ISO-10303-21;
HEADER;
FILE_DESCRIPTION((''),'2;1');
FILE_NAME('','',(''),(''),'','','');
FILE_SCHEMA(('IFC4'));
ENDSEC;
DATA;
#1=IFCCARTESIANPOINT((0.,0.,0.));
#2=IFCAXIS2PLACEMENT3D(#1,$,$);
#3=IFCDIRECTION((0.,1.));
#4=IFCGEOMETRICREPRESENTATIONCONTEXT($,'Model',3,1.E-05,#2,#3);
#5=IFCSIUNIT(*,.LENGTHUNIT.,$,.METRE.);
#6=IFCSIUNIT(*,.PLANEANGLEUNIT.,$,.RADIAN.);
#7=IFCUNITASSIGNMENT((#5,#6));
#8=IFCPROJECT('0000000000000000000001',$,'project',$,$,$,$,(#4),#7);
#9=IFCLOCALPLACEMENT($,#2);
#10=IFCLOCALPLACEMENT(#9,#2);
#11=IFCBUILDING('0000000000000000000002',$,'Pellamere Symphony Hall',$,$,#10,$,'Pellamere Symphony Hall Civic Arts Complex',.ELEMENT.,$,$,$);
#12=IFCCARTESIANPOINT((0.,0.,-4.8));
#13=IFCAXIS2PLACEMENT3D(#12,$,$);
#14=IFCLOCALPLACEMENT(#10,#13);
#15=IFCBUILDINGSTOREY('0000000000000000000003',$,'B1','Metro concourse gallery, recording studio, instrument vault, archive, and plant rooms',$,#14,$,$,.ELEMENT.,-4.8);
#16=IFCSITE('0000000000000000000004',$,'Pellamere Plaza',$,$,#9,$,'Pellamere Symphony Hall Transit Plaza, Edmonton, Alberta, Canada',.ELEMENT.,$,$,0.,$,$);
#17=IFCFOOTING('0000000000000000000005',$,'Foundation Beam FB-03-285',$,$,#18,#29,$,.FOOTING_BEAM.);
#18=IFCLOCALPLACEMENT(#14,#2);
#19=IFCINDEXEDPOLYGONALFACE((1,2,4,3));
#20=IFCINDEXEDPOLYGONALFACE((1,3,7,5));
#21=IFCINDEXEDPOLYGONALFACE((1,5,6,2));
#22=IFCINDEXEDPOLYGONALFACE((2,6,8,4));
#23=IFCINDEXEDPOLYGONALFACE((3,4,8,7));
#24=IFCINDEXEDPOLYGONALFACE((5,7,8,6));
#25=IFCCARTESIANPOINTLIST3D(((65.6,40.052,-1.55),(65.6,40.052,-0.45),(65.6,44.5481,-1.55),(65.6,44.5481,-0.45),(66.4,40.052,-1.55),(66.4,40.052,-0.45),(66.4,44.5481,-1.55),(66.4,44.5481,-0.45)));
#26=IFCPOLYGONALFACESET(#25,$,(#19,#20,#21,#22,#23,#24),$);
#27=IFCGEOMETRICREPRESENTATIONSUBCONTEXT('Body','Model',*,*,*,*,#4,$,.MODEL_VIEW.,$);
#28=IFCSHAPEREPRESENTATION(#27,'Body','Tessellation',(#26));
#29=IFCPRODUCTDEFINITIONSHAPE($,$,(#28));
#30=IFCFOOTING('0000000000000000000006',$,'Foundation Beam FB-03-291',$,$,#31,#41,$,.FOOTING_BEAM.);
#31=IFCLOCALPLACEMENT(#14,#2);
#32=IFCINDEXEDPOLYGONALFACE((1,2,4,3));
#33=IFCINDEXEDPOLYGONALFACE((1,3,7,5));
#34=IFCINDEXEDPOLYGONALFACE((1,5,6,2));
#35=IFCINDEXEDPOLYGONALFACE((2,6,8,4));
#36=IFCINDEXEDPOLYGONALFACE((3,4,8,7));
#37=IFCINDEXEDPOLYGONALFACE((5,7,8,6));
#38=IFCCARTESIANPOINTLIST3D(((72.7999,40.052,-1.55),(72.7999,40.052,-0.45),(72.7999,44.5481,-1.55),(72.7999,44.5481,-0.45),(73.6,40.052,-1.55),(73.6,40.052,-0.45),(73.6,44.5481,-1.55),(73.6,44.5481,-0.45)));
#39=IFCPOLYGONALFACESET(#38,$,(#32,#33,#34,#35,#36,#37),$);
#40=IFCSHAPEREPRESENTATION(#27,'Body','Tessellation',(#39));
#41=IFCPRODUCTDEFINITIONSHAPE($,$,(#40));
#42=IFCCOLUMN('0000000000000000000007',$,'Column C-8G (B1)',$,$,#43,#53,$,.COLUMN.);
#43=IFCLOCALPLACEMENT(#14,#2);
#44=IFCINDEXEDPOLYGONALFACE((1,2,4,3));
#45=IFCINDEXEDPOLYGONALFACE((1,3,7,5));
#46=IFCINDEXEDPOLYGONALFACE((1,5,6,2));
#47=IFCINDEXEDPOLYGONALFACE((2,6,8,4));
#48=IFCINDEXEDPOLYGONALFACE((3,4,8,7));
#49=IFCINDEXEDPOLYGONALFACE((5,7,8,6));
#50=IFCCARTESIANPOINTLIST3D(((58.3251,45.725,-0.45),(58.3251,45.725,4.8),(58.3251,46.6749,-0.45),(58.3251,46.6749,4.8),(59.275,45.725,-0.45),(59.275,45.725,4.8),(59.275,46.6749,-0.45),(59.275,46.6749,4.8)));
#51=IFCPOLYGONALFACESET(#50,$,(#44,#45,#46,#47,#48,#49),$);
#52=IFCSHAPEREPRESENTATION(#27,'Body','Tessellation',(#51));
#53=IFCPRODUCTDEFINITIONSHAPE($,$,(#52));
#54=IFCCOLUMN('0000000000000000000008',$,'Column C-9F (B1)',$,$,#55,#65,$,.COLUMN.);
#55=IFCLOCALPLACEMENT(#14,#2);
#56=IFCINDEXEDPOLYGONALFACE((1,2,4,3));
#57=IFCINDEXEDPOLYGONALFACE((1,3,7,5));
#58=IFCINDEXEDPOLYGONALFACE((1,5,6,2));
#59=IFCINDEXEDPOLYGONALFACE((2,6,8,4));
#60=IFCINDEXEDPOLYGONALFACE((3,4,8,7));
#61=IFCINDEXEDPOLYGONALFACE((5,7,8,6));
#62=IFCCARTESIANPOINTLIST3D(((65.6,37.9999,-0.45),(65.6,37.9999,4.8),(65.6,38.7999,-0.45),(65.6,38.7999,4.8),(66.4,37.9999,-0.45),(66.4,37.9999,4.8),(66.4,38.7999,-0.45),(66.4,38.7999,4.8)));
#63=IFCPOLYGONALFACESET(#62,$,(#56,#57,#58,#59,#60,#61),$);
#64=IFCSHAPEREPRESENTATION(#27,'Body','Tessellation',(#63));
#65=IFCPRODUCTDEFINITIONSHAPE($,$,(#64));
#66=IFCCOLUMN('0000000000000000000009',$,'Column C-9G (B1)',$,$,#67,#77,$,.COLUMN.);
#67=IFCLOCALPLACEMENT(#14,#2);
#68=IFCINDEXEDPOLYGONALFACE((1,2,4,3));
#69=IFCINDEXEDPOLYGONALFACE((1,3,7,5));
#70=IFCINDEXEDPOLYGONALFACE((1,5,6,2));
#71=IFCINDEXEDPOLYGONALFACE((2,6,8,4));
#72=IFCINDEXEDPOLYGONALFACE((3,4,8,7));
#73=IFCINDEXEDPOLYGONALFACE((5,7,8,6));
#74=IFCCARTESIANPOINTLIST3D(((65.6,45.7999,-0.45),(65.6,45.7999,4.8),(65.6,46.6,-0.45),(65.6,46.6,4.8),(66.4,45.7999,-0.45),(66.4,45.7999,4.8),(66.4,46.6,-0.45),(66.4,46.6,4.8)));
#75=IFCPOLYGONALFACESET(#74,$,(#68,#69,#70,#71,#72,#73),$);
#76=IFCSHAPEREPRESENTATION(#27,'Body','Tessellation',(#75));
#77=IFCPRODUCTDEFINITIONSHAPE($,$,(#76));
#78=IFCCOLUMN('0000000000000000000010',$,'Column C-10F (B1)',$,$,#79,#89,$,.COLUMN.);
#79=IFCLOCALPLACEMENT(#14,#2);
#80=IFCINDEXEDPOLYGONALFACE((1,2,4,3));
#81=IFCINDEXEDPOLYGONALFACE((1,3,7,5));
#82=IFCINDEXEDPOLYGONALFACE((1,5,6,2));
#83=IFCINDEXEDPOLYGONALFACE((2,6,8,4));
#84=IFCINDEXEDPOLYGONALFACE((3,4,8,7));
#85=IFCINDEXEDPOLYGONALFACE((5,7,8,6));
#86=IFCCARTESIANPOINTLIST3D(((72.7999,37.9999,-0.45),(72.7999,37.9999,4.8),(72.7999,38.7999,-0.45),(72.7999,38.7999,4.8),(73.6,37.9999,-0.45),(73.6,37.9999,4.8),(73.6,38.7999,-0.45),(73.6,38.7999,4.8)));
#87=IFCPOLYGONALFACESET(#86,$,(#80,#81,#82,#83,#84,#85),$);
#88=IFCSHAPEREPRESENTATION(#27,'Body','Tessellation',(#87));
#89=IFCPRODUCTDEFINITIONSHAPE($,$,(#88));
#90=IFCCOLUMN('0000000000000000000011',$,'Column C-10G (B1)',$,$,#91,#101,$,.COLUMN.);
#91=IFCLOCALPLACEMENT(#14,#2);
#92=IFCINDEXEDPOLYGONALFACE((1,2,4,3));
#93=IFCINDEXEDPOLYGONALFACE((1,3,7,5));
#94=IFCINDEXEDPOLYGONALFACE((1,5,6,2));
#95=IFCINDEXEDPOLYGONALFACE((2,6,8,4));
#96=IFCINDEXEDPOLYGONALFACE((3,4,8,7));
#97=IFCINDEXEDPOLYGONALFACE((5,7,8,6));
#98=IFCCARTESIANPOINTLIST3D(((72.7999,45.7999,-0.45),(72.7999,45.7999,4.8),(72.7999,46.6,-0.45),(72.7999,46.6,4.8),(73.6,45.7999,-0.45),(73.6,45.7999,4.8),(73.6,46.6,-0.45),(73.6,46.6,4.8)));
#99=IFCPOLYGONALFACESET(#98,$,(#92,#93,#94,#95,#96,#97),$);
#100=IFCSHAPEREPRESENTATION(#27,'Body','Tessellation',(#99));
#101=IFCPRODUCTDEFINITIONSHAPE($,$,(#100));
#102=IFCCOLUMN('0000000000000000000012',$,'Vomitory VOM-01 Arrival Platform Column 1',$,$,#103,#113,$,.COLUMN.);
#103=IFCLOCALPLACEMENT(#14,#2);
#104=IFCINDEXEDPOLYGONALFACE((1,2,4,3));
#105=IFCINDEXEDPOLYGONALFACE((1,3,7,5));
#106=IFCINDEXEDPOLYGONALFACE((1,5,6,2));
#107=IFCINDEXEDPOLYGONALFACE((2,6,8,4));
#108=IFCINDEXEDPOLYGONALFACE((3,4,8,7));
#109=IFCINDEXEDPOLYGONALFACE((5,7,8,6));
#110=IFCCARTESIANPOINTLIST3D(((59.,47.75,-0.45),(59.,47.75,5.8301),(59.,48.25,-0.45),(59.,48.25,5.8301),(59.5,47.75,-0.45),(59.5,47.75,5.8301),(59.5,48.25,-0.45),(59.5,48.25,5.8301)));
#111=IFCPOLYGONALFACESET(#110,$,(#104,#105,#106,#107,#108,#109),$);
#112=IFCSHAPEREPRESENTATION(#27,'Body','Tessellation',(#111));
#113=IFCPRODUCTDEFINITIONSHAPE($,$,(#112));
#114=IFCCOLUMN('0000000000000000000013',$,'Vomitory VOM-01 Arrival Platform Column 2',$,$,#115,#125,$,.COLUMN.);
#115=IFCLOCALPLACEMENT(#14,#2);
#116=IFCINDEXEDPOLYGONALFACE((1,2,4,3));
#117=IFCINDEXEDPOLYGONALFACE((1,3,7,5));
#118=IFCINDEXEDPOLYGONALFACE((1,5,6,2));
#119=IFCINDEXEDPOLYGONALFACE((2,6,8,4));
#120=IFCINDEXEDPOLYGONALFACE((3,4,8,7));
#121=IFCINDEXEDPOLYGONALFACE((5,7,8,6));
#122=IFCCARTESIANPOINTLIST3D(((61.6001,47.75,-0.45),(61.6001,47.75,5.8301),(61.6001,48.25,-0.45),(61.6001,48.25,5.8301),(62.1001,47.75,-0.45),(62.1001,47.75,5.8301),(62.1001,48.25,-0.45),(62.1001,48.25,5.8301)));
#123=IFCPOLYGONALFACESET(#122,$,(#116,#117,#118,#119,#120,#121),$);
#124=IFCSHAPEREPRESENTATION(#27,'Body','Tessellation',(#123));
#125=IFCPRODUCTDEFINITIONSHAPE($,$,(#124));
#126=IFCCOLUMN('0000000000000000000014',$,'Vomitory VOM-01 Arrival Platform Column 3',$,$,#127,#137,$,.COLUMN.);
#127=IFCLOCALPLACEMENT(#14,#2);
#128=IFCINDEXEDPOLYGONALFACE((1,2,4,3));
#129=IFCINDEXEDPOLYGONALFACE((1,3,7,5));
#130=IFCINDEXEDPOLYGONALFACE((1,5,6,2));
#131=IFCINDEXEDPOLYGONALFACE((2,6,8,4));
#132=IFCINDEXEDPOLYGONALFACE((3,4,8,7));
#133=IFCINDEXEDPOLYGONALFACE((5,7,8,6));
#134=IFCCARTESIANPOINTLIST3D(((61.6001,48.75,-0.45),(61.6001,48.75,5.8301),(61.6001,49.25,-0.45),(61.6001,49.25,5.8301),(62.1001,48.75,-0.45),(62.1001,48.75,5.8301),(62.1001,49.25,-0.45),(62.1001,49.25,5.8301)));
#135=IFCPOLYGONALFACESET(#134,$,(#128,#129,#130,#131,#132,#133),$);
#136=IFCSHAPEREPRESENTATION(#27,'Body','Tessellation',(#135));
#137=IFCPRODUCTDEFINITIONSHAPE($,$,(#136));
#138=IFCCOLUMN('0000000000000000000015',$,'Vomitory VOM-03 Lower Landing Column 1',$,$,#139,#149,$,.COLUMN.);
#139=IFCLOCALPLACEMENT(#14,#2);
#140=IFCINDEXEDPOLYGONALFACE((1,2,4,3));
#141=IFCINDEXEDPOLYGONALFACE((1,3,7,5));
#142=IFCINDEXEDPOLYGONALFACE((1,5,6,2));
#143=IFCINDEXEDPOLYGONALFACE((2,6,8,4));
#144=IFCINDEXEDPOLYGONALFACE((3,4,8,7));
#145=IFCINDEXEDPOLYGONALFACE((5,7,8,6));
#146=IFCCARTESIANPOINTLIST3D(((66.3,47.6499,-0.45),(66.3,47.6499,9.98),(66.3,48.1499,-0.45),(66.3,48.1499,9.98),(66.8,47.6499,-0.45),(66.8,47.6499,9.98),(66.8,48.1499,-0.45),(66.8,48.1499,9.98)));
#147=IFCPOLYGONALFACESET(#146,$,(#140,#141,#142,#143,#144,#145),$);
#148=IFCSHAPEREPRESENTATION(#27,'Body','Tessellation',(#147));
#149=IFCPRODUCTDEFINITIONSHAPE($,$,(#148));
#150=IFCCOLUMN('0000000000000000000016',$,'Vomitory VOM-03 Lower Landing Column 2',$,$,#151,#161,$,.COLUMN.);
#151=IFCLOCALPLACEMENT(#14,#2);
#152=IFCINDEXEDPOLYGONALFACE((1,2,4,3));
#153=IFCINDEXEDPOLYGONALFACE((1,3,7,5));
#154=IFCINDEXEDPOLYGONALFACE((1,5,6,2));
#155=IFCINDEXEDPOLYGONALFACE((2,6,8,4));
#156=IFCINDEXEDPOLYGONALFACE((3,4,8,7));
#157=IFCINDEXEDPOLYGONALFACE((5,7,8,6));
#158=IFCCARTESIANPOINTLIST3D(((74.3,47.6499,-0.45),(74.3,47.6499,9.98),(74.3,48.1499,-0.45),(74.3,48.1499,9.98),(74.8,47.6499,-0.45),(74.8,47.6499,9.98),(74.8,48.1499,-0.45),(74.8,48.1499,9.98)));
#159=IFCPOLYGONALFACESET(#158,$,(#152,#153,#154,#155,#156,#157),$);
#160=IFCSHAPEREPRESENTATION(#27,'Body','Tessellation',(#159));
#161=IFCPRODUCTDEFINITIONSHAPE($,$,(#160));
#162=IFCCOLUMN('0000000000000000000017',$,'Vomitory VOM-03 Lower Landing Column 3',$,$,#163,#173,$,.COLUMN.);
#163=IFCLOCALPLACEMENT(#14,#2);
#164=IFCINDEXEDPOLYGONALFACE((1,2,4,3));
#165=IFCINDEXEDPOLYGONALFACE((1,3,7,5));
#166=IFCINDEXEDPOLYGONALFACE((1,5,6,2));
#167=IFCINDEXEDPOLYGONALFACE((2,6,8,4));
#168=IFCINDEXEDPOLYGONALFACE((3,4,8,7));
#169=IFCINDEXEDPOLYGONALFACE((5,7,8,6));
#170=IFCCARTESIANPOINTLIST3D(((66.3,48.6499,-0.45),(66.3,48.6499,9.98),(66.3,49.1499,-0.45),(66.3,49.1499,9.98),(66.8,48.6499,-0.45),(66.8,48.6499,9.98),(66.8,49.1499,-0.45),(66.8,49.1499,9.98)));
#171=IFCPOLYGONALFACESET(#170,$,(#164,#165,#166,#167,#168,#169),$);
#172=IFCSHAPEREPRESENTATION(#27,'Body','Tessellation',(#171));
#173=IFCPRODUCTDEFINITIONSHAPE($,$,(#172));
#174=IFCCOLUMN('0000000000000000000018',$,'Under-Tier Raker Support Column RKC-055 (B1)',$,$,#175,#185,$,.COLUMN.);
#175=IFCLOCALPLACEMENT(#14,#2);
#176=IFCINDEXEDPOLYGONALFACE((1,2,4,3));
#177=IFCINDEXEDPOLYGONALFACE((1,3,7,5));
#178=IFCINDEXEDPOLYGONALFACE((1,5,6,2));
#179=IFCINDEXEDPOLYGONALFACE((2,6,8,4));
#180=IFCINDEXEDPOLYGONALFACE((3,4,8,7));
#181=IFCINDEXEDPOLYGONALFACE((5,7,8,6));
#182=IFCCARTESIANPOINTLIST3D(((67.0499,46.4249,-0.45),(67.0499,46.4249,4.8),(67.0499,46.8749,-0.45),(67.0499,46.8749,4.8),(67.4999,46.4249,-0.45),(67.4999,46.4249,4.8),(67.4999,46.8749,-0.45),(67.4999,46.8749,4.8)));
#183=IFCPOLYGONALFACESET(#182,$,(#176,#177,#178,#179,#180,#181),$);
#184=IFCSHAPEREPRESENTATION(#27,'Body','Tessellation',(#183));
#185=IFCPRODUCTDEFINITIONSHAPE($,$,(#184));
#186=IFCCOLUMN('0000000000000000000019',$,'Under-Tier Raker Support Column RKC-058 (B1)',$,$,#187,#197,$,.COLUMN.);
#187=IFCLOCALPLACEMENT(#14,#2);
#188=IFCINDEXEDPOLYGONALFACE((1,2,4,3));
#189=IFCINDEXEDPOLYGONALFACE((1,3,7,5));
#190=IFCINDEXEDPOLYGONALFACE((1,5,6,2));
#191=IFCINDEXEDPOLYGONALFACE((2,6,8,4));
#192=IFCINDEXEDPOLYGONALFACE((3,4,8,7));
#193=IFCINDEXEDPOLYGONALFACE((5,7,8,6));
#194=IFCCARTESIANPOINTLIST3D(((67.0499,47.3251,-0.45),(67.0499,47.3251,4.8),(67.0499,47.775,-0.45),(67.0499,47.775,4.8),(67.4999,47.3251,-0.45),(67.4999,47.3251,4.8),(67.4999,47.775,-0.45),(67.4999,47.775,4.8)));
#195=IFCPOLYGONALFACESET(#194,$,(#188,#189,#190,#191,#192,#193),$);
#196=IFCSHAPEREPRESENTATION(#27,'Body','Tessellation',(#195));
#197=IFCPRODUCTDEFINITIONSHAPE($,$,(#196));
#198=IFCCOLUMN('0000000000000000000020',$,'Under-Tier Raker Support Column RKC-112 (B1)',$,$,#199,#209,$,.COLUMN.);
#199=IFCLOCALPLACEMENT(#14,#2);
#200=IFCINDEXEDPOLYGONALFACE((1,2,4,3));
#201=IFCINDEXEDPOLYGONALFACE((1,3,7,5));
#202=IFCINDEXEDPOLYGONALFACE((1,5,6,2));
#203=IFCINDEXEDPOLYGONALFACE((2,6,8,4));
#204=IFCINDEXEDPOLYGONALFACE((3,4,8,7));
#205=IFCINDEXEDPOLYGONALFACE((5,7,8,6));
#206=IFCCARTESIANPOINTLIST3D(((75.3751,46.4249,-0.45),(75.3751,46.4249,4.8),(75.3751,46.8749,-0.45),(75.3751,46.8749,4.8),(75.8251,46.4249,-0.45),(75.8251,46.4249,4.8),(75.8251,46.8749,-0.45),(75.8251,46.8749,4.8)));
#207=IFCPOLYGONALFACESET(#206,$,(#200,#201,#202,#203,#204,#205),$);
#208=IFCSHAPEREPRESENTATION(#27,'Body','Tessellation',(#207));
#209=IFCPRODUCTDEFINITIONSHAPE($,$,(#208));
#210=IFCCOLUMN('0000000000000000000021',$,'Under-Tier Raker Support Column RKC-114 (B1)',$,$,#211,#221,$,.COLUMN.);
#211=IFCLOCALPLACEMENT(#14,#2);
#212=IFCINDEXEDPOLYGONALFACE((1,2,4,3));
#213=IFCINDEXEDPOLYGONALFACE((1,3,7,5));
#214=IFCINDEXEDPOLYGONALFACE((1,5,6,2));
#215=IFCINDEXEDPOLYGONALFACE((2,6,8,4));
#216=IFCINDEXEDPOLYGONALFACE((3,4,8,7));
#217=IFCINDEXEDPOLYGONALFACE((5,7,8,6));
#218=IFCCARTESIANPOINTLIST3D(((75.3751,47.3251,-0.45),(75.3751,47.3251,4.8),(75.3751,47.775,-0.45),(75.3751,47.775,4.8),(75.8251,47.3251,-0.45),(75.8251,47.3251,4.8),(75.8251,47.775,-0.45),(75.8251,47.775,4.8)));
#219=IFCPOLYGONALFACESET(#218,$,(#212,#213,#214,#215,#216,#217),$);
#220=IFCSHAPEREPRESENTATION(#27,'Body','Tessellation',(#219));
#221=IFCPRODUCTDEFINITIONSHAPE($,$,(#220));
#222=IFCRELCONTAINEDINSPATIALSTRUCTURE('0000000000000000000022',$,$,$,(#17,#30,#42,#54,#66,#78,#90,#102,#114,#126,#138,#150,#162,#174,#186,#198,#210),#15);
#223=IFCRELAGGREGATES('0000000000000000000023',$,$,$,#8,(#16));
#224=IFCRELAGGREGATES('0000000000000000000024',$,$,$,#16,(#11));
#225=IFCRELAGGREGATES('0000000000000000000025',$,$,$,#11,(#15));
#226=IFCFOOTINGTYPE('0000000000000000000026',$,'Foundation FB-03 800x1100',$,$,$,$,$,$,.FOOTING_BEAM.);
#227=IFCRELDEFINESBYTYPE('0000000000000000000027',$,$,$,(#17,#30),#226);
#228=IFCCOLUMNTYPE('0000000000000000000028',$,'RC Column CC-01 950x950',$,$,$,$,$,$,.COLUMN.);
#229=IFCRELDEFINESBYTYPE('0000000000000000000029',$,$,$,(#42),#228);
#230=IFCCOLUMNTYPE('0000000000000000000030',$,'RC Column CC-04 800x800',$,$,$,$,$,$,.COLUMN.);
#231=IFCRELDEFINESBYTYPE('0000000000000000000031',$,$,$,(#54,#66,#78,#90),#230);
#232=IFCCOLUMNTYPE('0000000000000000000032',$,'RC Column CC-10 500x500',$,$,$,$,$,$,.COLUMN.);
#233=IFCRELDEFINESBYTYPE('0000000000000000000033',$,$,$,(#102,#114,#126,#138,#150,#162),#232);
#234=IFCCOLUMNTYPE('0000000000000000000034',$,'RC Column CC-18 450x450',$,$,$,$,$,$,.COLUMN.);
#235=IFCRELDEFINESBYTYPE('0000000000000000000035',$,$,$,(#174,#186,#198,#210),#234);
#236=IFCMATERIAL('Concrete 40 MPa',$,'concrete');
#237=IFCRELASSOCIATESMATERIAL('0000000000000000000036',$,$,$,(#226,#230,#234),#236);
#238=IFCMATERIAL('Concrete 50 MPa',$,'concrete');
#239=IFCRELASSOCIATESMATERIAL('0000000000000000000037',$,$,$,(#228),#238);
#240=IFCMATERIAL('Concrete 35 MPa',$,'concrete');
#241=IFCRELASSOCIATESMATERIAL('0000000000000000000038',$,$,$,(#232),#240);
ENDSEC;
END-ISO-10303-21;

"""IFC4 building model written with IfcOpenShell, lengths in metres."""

from ifc_helpers import new_model, si_unit, direction, frame, origin, origin_2d, place, context, subcontext, project, spatial, rectangle, extrude, material, material_profile, profile_set, type_object, element, save


model = new_model("IFC4")

# Units and contexts
model_context = context("Model", 3, precision=1e-05, world=origin(), true_north=direction((0.0, 1.0)))
body_context = subcontext(model_context, "Body", "Model", "MODEL_VIEW")
ifc_project = project(units=[si_unit("LENGTHUNIT", "METRE"), si_unit("PLANEANGLEUNIT", "RADIAN")], contexts=[model_context])

# Site, building, storey
site_placement = place(None, origin())
site = spatial("IfcSite", under=ifc_project, at=site_placement, Name="Pellamere Plaza", LongName="Pellamere Symphony Hall Transit Plaza, Edmonton, Alberta, Canada", CompositionType="ELEMENT", RefElevation=0.0)
building_placement = place(site_placement, origin())
building = spatial("IfcBuilding", under=site, at=building_placement, Name="Pellamere Symphony Hall", LongName="Pellamere Symphony Hall Civic Arts Complex", CompositionType="ELEMENT")
storey_placement = place(building_placement, frame((0.0, 0.0, -4.8)))
storey = spatial("IfcBuildingStorey", under=building, at=storey_placement, Name="B1", Description="Metro concourse gallery, recording studio, instrument vault, archive, and plant rooms", CompositionType="ELEMENT", Elevation=-4.8)

# Shared definitions
ifc_material_1 = material(Name="Concrete 35 MPa", Category="concrete")

# Footings
ifc_material_2 = material(Name="Concrete 40 MPa", Category="concrete")
ifc_material_profile_1 = material_profile(ifc_material_2, rectangle(XDim=0.8, YDim=1.1001, at=origin_2d()), Name="RC 800x1100")
ifc_profile_set_1 = profile_set([ifc_material_profile_1], Name="Concrete 40 MPa")
footing_type_1 = type_object("IfcFootingType", Name="Foundation FB-03 800x1100", PredefinedType="FOOTING_BEAM", material=ifc_profile_set_1)
for number, where, z_axis, x_axis, name in (
    (1, (66.0, 40.052, -1.0), (0.0, 1.0, 0.0), (-1.0, 0.0, 0.0), "Foundation Beam FB-03-285"),
    (2, (73.2, 40.052, -1.0), (0.0, 1.0, 0.0), (-1.0, 0.0, 0.0), "Foundation Beam FB-03-291"),
):
    element("IfcFooting", number, at=place(storey_placement, frame(where, z_axis=z_axis, x_axis=x_axis)), inside=storey, type_object=footing_type_1, Name=name, PredefinedType="FOOTING_BEAM", context=body_context, shape_type="SweptSolid", body=[
        extrude(rectangle(XDim=0.8, YDim=1.1001, at=origin_2d()), origin(), (0.0, 0.0, 1.0), 4.4961),
    ])

# Columns
ifc_material_3 = material(Name="Concrete 50 MPa", Category="concrete")
ifc_material_profile_2 = material_profile(ifc_material_3, rectangle(XDim=0.95, YDim=0.95, at=origin_2d()), Name="RC 950x950")
ifc_profile_set_2 = profile_set([ifc_material_profile_2], Name="Concrete 50 MPa")
column_type_1 = type_object("IfcColumnType", Name="RC Column CC-01 950x950", PredefinedType="COLUMN", material=ifc_profile_set_2)
column_placement = place(storey_placement, frame((58.8, 46.2, -0.45), z_axis=(0.0, 0.0, 1.0), x_axis=(1.0, 0.0, 0.0)))
element("IfcColumn", 3, at=column_placement, inside=storey, type_object=column_type_1, Name="Column C-8G (B1)", PredefinedType="COLUMN", context=body_context, shape_type="SweptSolid", body=[
    extrude(rectangle(XDim=0.95, YDim=0.95, at=origin_2d()), origin(), (0.0, 0.0, 1.0), 5.25),
])
ifc_material_profile_3 = material_profile(ifc_material_2, rectangle(XDim=0.8, YDim=0.8, at=origin_2d()), Name="RC 800x800")
ifc_profile_set_3 = profile_set([ifc_material_profile_3], Name="Concrete 40 MPa")
column_type_2 = type_object("IfcColumnType", Name="RC Column CC-04 800x800", PredefinedType="COLUMN", material=ifc_profile_set_3)
for number, where, z_axis, x_axis, name in (
    (4, (66.0, 38.3999, -0.45), (0.0, 0.0, 1.0), (1.0, 0.0, 0.0), "Column C-9F (B1)"),
    (5, (66.0, 46.2, -0.45), (0.0, 0.0, 1.0), (1.0, 0.0, 0.0), "Column C-9G (B1)"),
    (6, (73.2, 38.3999, -0.45), (0.0, 0.0, 1.0), (1.0, 0.0, 0.0), "Column C-10F (B1)"),
    (7, (73.2, 46.2, -0.45), (0.0, 0.0, 1.0), (1.0, 0.0, 0.0), "Column C-10G (B1)"),
):
    element("IfcColumn", number, at=place(storey_placement, frame(where, z_axis=z_axis, x_axis=x_axis)), inside=storey, type_object=column_type_2, Name=name, PredefinedType="COLUMN", context=body_context, shape_type="SweptSolid", body=[
        extrude(rectangle(XDim=0.8, YDim=0.8, at=origin_2d()), origin(), (0.0, 0.0, 1.0), 5.25),
    ])
ifc_material_profile_4 = material_profile(ifc_material_1, rectangle(XDim=0.5, YDim=0.5, at=origin_2d()), Name="RC 500x500")
ifc_profile_set_4 = profile_set([ifc_material_profile_4], Name="Concrete 35 MPa")
column_type_3 = type_object("IfcColumnType", Name="RC Column CC-10 500x500", PredefinedType="COLUMN", material=ifc_profile_set_4)
for number, where, z_axis, x_axis, name in (
    (8, (59.25, 48.0, -0.45), (0.0, 0.0, 1.0), (1.0, 0.0, 0.0), "Vomitory VOM-01 Arrival Platform Column 1"),
    (9, (61.8501, 48.0, -0.45), (0.0, 0.0, 1.0), (1.0, 0.0, 0.0), "Vomitory VOM-01 Arrival Platform Column 2"),
    (10, (61.8501, 49.0, -0.45), (0.0, 0.0, 1.0), (1.0, 0.0, 0.0), "Vomitory VOM-01 Arrival Platform Column 3"),
):
    element("IfcColumn", number, at=place(storey_placement, frame(where, z_axis=z_axis, x_axis=x_axis)), inside=storey, type_object=column_type_3, Name=name, PredefinedType="COLUMN", context=body_context, shape_type="SweptSolid", body=[
        extrude(rectangle(XDim=0.5, YDim=0.5, at=origin_2d()), origin(), (0.0, 0.0, 1.0), 6.28),
    ])
for number, where, z_axis, x_axis, name in (
    (11, (66.55, 47.8999, -0.45), (0.0, 0.0, 1.0), (1.0, 0.0, 0.0), "Vomitory VOM-03 Lower Landing Column 1"),
    (12, (74.55, 47.8999, -0.45), (0.0, 0.0, 1.0), (1.0, 0.0, 0.0), "Vomitory VOM-03 Lower Landing Column 2"),
    (13, (66.55, 48.8999, -0.45), (0.0, 0.0, 1.0), (1.0, 0.0, 0.0), "Vomitory VOM-03 Lower Landing Column 3"),
):
    element("IfcColumn", number, at=place(storey_placement, frame(where, z_axis=z_axis, x_axis=x_axis)), inside=storey, type_object=column_type_3, Name=name, PredefinedType="COLUMN", context=body_context, shape_type="SweptSolid", body=[
        extrude(rectangle(XDim=0.5, YDim=0.5, at=origin_2d()), origin(), (0.0, 0.0, 1.0), 10.4299),
    ])
ifc_material_profile_5 = material_profile(ifc_material_2, rectangle(XDim=0.45, YDim=0.45, at=origin_2d()), Name="RC 450x450")
ifc_profile_set_5 = profile_set([ifc_material_profile_5], Name="Concrete 40 MPa")
column_type_4 = type_object("IfcColumnType", Name="RC Column CC-18 450x450", PredefinedType="COLUMN", material=ifc_profile_set_5)
for number, where, z_axis, x_axis, name in (
    (14, (67.2749, 46.6499, -0.45), (0.0, 0.0, 1.0), (1.0, 0.0, 0.0), "Under-Tier Raker Support Column RKC-055 (B1)"),
    (15, (67.2749, 47.55, -0.45), (0.0, 0.0, 1.0), (1.0, 0.0, 0.0), "Under-Tier Raker Support Column RKC-058 (B1)"),
    (16, (75.6001, 46.6499, -0.45), (0.0, 0.0, 1.0), (1.0, 0.0, 0.0), "Under-Tier Raker Support Column RKC-112 (B1)"),
    (17, (75.6001, 47.55, -0.45), (0.0, 0.0, 1.0), (1.0, 0.0, 0.0), "Under-Tier Raker Support Column RKC-114 (B1)"),
):
    element("IfcColumn", number, at=place(storey_placement, frame(where, z_axis=z_axis, x_axis=x_axis)), inside=storey, type_object=column_type_4, Name=name, PredefinedType="COLUMN", context=body_context, shape_type="SweptSolid", body=[
        extrude(rectangle(XDim=0.45, YDim=0.45, at=origin_2d()), origin(), (0.0, 0.0, 1.0), 5.25),
    ])

save(model, "model.ifc")
